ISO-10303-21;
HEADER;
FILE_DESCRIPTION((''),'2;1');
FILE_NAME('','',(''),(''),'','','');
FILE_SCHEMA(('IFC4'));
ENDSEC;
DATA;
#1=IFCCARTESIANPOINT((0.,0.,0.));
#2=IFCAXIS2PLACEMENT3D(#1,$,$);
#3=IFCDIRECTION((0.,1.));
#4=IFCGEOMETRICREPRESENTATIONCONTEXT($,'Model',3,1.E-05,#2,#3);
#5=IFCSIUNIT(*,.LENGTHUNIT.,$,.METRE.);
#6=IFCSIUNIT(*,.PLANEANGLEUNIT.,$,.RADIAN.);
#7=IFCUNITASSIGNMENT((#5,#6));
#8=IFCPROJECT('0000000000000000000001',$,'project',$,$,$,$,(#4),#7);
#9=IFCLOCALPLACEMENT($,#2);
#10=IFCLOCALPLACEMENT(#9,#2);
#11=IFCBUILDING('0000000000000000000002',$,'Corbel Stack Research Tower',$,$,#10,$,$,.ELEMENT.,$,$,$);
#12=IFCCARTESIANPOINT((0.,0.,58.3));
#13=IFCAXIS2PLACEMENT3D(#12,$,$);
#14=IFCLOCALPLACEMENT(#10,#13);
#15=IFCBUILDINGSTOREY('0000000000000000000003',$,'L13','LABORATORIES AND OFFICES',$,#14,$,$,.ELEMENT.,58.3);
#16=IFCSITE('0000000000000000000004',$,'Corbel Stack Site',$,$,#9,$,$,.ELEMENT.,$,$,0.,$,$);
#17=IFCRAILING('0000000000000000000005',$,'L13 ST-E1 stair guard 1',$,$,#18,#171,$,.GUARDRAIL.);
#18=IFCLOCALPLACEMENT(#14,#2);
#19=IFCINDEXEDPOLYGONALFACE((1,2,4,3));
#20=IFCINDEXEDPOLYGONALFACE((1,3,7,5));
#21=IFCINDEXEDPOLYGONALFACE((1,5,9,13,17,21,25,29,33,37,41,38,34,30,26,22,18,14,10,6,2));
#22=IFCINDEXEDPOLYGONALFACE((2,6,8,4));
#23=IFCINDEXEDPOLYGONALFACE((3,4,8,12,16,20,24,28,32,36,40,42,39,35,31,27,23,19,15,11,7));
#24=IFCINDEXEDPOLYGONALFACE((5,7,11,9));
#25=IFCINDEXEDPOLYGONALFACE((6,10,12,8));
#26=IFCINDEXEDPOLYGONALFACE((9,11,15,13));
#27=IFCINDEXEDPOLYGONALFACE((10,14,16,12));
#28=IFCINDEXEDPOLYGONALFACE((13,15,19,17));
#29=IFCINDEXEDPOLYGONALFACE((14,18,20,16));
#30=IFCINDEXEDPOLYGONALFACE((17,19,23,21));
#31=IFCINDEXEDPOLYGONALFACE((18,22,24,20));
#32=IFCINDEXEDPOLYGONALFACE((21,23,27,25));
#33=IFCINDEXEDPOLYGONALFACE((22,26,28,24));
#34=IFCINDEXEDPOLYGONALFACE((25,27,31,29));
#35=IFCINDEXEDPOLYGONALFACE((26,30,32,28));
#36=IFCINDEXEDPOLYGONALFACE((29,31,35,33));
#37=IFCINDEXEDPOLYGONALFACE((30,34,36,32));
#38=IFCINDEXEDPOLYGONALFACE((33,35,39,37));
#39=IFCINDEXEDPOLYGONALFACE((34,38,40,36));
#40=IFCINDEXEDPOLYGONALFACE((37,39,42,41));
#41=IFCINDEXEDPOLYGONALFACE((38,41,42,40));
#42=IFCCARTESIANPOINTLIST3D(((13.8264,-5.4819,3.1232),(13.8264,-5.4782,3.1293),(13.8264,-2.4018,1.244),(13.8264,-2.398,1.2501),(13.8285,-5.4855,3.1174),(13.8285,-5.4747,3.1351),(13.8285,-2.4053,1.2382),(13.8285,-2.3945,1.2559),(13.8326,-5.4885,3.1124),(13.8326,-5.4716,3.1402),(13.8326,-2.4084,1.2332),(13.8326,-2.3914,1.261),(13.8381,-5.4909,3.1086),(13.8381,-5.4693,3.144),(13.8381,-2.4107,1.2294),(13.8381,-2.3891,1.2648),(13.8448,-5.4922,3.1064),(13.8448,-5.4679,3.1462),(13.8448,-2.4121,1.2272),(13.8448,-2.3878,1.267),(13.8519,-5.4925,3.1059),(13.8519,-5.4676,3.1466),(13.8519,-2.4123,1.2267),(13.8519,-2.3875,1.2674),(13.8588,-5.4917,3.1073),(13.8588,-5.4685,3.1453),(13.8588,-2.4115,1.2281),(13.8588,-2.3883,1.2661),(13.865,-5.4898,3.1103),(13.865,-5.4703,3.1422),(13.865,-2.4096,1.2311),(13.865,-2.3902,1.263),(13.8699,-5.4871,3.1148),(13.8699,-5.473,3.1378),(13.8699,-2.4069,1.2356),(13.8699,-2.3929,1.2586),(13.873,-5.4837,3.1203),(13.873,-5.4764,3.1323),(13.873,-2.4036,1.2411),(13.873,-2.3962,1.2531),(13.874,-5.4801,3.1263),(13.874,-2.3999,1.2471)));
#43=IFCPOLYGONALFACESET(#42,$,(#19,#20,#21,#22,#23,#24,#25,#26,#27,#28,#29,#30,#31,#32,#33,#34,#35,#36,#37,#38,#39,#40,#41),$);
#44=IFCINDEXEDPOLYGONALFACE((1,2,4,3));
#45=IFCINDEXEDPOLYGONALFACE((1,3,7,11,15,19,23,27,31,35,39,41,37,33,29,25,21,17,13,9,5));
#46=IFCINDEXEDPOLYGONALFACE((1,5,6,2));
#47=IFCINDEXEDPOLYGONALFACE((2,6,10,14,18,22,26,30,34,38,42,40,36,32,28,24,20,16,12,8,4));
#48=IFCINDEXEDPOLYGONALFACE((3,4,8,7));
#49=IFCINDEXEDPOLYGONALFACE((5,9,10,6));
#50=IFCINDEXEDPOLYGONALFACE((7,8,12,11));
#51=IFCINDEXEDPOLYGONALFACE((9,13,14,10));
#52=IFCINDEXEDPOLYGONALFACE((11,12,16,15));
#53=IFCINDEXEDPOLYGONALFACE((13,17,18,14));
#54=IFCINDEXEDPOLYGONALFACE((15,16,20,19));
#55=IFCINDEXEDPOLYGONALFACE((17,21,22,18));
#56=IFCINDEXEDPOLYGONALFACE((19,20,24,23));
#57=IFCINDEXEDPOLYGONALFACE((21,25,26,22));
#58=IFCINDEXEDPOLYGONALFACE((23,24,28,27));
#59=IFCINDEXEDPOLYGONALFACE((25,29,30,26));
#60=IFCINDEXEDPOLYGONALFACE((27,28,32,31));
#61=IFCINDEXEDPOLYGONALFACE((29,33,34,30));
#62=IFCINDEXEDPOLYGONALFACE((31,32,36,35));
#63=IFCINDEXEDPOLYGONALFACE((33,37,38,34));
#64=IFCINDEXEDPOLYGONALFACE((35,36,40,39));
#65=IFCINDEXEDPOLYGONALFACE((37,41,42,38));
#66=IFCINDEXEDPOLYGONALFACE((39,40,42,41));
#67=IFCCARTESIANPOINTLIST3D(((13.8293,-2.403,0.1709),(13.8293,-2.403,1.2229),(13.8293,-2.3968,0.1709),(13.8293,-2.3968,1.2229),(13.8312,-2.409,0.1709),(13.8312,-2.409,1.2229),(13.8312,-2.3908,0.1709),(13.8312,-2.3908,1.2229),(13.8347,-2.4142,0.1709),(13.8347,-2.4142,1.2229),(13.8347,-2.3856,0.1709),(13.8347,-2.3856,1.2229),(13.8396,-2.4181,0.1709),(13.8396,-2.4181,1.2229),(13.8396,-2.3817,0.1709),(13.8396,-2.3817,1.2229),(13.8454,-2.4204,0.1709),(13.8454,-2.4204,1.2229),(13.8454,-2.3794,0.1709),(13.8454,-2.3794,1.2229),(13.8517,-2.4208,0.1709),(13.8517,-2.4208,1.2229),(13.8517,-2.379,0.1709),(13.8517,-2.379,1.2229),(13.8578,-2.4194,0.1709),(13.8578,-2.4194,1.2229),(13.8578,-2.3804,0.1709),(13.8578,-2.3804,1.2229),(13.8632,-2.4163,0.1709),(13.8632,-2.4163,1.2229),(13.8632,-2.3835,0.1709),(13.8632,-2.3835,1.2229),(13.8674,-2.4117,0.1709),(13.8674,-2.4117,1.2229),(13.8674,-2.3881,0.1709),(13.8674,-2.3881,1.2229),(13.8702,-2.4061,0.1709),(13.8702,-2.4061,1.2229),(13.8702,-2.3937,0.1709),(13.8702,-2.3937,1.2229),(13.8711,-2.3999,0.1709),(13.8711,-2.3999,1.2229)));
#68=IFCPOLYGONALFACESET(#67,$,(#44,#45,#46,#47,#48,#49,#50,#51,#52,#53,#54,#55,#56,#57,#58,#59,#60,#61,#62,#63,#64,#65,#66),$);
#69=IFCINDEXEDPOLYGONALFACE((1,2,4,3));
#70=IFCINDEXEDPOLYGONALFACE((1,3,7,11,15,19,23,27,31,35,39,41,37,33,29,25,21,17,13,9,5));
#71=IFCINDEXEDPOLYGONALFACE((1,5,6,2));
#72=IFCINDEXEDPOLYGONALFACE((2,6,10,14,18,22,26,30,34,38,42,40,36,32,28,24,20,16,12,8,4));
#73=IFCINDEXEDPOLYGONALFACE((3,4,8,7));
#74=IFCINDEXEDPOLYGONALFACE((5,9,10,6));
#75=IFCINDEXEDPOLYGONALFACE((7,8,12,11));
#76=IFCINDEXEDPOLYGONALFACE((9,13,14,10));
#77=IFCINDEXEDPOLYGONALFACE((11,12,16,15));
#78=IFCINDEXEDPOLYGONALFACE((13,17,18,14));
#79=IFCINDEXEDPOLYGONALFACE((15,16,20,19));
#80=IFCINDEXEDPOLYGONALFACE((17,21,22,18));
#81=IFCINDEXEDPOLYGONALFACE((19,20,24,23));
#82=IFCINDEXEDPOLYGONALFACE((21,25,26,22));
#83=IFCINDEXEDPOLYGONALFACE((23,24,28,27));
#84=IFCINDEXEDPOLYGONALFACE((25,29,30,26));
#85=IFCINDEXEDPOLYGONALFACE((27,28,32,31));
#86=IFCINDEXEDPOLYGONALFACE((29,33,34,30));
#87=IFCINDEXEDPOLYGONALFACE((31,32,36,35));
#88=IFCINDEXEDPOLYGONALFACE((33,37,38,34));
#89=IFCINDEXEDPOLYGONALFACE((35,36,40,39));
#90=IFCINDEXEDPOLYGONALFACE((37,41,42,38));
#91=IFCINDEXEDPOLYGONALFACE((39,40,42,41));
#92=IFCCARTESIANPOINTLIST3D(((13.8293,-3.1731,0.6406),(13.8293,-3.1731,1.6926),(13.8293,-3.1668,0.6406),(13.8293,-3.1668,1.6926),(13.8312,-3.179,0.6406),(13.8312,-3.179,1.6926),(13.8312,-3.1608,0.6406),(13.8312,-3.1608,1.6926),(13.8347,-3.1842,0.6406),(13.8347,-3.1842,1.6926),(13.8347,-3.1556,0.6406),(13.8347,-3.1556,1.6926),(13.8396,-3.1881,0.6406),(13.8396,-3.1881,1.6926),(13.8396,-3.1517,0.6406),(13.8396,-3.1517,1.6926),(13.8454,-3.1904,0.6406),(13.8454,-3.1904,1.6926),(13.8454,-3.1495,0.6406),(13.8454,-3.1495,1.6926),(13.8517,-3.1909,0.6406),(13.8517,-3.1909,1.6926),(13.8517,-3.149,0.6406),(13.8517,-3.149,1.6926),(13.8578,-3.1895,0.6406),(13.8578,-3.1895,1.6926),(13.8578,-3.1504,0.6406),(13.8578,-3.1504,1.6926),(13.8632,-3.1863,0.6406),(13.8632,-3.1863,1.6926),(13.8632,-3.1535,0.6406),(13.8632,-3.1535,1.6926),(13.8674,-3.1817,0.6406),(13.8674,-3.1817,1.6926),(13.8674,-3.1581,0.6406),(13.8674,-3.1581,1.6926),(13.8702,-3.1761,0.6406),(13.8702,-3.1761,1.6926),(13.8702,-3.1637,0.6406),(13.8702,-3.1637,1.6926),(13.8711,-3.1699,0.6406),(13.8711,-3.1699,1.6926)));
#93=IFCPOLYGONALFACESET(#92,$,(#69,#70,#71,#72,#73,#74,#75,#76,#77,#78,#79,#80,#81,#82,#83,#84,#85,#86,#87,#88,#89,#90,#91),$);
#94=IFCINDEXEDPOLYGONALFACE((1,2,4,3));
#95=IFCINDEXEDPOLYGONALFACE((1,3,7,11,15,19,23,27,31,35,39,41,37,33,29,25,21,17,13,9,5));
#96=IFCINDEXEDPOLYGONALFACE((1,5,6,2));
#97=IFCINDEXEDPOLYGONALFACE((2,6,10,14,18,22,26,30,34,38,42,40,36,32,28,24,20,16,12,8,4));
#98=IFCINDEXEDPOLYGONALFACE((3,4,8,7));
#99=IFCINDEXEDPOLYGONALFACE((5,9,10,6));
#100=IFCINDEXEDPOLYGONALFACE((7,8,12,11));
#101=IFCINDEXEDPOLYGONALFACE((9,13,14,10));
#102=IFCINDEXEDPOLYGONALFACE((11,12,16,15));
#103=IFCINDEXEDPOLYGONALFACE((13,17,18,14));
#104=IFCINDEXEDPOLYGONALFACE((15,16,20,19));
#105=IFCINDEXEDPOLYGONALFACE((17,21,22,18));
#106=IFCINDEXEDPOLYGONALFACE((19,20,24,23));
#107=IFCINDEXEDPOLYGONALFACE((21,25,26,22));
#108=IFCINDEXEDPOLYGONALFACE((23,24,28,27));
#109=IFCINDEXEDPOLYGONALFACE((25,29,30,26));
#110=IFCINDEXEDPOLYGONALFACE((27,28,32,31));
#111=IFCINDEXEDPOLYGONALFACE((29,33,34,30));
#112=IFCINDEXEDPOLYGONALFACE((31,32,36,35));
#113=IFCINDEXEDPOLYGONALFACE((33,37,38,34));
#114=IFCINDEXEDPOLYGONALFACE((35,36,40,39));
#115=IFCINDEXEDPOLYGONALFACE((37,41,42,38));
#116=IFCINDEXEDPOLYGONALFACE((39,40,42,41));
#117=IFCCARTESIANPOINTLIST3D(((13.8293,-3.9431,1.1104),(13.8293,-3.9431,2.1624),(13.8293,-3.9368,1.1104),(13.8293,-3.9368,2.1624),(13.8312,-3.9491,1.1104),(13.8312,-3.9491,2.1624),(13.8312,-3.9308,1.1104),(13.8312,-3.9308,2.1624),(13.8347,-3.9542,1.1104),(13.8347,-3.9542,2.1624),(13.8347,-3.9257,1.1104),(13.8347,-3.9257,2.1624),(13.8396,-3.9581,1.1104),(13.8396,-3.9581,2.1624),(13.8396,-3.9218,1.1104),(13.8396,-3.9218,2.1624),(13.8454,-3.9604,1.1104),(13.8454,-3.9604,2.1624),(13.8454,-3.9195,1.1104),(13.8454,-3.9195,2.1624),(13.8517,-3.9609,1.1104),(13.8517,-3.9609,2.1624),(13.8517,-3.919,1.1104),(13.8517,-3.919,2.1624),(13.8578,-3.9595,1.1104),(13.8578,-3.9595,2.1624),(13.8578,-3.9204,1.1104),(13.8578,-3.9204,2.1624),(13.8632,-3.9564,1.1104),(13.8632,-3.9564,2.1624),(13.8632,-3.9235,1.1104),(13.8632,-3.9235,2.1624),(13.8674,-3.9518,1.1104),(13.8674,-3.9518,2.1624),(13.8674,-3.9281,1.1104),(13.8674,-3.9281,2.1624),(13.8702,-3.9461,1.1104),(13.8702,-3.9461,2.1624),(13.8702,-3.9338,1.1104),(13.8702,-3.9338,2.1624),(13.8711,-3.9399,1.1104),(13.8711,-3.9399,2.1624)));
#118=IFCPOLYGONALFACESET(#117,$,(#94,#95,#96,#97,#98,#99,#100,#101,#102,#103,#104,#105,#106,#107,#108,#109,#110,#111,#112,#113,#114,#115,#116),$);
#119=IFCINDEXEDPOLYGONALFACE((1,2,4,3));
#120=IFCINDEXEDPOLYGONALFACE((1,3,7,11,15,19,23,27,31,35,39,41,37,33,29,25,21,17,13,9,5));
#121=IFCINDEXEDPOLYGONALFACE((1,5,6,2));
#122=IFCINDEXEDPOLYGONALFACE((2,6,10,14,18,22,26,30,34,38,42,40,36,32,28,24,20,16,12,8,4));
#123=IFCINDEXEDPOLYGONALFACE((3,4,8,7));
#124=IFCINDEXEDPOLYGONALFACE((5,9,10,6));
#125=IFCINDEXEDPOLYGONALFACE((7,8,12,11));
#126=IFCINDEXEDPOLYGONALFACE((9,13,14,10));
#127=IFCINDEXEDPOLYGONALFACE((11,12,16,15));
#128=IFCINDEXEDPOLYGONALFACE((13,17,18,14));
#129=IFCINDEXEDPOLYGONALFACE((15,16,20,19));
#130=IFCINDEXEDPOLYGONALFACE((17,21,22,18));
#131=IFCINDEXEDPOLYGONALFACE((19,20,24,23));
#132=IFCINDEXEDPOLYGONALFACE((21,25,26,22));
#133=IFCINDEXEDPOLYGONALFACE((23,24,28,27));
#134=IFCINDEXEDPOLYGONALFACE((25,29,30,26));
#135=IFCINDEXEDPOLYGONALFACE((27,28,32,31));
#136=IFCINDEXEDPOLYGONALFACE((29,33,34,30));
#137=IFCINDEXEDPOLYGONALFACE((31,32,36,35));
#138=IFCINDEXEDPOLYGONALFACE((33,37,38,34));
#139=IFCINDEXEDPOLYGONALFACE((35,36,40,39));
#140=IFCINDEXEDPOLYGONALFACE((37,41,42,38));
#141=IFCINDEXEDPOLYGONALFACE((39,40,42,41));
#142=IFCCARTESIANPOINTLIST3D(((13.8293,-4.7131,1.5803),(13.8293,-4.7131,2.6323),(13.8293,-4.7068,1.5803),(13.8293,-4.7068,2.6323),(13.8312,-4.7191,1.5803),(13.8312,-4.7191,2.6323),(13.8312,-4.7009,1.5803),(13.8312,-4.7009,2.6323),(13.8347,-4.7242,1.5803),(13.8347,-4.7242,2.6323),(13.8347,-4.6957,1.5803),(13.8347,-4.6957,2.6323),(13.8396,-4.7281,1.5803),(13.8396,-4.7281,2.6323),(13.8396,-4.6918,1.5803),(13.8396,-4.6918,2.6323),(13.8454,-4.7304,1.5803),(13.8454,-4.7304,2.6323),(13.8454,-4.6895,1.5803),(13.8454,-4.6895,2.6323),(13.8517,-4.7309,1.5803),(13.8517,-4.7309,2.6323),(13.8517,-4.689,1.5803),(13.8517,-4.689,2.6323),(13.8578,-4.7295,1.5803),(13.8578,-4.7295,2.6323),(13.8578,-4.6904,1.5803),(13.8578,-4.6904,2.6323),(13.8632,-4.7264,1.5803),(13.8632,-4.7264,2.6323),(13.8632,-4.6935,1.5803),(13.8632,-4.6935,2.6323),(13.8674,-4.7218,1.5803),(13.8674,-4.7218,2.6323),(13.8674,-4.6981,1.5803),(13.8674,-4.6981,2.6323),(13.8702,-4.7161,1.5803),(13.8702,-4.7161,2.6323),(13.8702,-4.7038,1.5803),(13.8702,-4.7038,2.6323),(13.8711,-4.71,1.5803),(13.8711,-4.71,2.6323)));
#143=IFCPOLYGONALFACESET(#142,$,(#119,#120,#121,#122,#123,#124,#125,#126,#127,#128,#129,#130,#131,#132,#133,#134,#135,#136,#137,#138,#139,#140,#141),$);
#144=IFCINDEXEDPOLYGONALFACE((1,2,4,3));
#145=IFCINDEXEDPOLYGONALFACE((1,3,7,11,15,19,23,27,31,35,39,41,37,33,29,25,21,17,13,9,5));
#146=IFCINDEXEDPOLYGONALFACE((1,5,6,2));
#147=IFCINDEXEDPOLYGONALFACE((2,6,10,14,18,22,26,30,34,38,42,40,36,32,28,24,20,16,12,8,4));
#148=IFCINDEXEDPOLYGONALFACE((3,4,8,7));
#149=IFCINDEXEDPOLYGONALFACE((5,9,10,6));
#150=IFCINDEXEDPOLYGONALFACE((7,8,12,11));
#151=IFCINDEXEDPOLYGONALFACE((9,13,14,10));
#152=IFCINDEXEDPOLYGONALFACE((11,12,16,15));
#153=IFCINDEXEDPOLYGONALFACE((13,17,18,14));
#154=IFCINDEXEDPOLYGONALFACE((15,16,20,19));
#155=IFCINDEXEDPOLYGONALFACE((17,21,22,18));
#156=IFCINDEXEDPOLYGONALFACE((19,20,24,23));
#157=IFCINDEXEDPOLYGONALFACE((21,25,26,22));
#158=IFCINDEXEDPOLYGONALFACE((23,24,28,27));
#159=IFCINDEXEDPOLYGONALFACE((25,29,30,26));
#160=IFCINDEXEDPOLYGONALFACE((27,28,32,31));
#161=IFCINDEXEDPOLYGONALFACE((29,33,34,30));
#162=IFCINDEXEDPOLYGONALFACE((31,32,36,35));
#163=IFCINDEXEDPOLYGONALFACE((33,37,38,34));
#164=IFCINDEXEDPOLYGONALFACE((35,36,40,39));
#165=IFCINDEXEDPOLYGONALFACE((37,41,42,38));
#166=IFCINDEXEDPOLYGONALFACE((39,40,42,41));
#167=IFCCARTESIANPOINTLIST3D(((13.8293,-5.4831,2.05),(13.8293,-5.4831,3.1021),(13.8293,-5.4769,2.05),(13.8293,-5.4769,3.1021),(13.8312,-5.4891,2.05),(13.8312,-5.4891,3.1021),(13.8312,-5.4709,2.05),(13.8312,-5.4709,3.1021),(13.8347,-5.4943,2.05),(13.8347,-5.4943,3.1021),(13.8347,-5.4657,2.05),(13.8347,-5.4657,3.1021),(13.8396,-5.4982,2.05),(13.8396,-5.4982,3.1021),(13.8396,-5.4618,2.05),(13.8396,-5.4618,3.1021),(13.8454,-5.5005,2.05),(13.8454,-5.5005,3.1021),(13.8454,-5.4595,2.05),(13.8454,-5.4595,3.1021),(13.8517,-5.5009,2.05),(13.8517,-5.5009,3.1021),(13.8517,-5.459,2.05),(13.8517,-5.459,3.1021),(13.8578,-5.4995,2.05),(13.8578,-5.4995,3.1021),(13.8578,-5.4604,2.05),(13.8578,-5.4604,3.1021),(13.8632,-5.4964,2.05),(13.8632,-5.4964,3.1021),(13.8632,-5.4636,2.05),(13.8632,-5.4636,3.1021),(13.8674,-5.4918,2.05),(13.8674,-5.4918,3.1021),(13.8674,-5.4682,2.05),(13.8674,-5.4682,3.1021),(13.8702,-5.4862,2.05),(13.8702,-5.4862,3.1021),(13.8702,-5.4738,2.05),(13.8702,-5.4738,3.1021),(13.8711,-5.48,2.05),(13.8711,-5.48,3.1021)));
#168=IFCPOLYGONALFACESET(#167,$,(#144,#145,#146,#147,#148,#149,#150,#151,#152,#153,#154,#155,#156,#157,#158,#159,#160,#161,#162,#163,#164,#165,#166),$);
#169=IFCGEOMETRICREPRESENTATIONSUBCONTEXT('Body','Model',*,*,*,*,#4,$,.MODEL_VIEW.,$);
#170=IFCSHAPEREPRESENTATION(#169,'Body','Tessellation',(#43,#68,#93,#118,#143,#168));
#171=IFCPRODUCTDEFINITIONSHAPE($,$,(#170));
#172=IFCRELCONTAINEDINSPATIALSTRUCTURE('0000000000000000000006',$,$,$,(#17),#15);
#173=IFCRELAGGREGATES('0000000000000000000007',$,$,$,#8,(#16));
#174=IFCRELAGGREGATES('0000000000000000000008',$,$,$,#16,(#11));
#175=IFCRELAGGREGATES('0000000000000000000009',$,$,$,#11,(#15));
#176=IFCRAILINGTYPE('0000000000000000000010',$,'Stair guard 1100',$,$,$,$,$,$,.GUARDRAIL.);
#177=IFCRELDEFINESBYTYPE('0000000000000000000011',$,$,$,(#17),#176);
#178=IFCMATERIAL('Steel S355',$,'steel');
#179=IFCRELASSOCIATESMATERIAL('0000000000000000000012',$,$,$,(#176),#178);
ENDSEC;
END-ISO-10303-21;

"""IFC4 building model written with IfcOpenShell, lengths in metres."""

from ifc_helpers import new_model, si_unit, direction, frame, origin, origin_2d, place, context, subcontext, project, spatial, circle, extrude, material, type_object, element, save


model = new_model("IFC4")

# Units and contexts
model_context = context("Model", 3, precision=1e-05, world=origin(), true_north=direction((0.0, 1.0)))
body_context = subcontext(model_context, "Body", "Model", "MODEL_VIEW")
ifc_project = project(units=[si_unit("LENGTHUNIT", "METRE"), si_unit("PLANEANGLEUNIT", "RADIAN")], contexts=[model_context])

# Site, building, storey
site_placement = place(None, origin())
site = spatial("IfcSite", under=ifc_project, at=site_placement, Name="Corbel Stack Site", CompositionType="ELEMENT", RefElevation=0.0)
building_placement = place(site_placement, origin())
building = spatial("IfcBuilding", under=site, at=building_placement, Name="Corbel Stack Research Tower", CompositionType="ELEMENT")
storey_placement = place(building_placement, frame((0.0, 0.0, 58.3)))
storey = spatial("IfcBuildingStorey", under=building, at=storey_placement, Name="L13", Description="LABORATORIES AND OFFICES", CompositionType="ELEMENT", Elevation=58.3)

# Railing
ifc_material_1 = material(Name="Steel S355", Category="steel")
railing_type_1 = type_object("IfcRailingType", Name="Stair guard 1100", PredefinedType="GUARDRAIL", material=ifc_material_1)
railing_1_placement = place(storey_placement, frame((13.8501, -2.3999, 0.1709)))
element("IfcRailing", 1, at=railing_1_placement, inside=storey, type_object=railing_type_1, Name="L13 ST-E1 stair guard 1", PredefinedType="GUARDRAIL", context=body_context, shape_type="SweptSolid", body=[
    extrude(circle(Radius=0.0239, at=origin_2d()), frame((0.0, 0.0, 1.0762), z_axis=(0.0, -0.853666, 0.52082), x_axis=(1.0, 0.0, 0.0)), (0.0, 0.0, 1.0), 3.6082),
    extrude(circle(Radius=0.021, at=origin_2d()), origin(), (0.0, 0.0, 1.0), 1.052),
    extrude(circle(Radius=0.021, at=origin_2d()), frame((0.0, -0.77, 0.4697)), (0.0, 0.0, 1.0), 1.052),
    extrude(circle(Radius=0.021, at=origin_2d()), frame((0.0, -1.54, 0.9395)), (0.0, 0.0, 1.0), 1.052),
    extrude(circle(Radius=0.021, at=origin_2d()), frame((0.0, -2.3101, 1.4094)), (0.0, 0.0, 1.0), 1.052),
    extrude(circle(Radius=0.021, at=origin_2d()), frame((0.0, -3.0801, 1.8792)), (0.0, 0.0, 1.0), 1.052),
])

save(model, "model.ifc")
